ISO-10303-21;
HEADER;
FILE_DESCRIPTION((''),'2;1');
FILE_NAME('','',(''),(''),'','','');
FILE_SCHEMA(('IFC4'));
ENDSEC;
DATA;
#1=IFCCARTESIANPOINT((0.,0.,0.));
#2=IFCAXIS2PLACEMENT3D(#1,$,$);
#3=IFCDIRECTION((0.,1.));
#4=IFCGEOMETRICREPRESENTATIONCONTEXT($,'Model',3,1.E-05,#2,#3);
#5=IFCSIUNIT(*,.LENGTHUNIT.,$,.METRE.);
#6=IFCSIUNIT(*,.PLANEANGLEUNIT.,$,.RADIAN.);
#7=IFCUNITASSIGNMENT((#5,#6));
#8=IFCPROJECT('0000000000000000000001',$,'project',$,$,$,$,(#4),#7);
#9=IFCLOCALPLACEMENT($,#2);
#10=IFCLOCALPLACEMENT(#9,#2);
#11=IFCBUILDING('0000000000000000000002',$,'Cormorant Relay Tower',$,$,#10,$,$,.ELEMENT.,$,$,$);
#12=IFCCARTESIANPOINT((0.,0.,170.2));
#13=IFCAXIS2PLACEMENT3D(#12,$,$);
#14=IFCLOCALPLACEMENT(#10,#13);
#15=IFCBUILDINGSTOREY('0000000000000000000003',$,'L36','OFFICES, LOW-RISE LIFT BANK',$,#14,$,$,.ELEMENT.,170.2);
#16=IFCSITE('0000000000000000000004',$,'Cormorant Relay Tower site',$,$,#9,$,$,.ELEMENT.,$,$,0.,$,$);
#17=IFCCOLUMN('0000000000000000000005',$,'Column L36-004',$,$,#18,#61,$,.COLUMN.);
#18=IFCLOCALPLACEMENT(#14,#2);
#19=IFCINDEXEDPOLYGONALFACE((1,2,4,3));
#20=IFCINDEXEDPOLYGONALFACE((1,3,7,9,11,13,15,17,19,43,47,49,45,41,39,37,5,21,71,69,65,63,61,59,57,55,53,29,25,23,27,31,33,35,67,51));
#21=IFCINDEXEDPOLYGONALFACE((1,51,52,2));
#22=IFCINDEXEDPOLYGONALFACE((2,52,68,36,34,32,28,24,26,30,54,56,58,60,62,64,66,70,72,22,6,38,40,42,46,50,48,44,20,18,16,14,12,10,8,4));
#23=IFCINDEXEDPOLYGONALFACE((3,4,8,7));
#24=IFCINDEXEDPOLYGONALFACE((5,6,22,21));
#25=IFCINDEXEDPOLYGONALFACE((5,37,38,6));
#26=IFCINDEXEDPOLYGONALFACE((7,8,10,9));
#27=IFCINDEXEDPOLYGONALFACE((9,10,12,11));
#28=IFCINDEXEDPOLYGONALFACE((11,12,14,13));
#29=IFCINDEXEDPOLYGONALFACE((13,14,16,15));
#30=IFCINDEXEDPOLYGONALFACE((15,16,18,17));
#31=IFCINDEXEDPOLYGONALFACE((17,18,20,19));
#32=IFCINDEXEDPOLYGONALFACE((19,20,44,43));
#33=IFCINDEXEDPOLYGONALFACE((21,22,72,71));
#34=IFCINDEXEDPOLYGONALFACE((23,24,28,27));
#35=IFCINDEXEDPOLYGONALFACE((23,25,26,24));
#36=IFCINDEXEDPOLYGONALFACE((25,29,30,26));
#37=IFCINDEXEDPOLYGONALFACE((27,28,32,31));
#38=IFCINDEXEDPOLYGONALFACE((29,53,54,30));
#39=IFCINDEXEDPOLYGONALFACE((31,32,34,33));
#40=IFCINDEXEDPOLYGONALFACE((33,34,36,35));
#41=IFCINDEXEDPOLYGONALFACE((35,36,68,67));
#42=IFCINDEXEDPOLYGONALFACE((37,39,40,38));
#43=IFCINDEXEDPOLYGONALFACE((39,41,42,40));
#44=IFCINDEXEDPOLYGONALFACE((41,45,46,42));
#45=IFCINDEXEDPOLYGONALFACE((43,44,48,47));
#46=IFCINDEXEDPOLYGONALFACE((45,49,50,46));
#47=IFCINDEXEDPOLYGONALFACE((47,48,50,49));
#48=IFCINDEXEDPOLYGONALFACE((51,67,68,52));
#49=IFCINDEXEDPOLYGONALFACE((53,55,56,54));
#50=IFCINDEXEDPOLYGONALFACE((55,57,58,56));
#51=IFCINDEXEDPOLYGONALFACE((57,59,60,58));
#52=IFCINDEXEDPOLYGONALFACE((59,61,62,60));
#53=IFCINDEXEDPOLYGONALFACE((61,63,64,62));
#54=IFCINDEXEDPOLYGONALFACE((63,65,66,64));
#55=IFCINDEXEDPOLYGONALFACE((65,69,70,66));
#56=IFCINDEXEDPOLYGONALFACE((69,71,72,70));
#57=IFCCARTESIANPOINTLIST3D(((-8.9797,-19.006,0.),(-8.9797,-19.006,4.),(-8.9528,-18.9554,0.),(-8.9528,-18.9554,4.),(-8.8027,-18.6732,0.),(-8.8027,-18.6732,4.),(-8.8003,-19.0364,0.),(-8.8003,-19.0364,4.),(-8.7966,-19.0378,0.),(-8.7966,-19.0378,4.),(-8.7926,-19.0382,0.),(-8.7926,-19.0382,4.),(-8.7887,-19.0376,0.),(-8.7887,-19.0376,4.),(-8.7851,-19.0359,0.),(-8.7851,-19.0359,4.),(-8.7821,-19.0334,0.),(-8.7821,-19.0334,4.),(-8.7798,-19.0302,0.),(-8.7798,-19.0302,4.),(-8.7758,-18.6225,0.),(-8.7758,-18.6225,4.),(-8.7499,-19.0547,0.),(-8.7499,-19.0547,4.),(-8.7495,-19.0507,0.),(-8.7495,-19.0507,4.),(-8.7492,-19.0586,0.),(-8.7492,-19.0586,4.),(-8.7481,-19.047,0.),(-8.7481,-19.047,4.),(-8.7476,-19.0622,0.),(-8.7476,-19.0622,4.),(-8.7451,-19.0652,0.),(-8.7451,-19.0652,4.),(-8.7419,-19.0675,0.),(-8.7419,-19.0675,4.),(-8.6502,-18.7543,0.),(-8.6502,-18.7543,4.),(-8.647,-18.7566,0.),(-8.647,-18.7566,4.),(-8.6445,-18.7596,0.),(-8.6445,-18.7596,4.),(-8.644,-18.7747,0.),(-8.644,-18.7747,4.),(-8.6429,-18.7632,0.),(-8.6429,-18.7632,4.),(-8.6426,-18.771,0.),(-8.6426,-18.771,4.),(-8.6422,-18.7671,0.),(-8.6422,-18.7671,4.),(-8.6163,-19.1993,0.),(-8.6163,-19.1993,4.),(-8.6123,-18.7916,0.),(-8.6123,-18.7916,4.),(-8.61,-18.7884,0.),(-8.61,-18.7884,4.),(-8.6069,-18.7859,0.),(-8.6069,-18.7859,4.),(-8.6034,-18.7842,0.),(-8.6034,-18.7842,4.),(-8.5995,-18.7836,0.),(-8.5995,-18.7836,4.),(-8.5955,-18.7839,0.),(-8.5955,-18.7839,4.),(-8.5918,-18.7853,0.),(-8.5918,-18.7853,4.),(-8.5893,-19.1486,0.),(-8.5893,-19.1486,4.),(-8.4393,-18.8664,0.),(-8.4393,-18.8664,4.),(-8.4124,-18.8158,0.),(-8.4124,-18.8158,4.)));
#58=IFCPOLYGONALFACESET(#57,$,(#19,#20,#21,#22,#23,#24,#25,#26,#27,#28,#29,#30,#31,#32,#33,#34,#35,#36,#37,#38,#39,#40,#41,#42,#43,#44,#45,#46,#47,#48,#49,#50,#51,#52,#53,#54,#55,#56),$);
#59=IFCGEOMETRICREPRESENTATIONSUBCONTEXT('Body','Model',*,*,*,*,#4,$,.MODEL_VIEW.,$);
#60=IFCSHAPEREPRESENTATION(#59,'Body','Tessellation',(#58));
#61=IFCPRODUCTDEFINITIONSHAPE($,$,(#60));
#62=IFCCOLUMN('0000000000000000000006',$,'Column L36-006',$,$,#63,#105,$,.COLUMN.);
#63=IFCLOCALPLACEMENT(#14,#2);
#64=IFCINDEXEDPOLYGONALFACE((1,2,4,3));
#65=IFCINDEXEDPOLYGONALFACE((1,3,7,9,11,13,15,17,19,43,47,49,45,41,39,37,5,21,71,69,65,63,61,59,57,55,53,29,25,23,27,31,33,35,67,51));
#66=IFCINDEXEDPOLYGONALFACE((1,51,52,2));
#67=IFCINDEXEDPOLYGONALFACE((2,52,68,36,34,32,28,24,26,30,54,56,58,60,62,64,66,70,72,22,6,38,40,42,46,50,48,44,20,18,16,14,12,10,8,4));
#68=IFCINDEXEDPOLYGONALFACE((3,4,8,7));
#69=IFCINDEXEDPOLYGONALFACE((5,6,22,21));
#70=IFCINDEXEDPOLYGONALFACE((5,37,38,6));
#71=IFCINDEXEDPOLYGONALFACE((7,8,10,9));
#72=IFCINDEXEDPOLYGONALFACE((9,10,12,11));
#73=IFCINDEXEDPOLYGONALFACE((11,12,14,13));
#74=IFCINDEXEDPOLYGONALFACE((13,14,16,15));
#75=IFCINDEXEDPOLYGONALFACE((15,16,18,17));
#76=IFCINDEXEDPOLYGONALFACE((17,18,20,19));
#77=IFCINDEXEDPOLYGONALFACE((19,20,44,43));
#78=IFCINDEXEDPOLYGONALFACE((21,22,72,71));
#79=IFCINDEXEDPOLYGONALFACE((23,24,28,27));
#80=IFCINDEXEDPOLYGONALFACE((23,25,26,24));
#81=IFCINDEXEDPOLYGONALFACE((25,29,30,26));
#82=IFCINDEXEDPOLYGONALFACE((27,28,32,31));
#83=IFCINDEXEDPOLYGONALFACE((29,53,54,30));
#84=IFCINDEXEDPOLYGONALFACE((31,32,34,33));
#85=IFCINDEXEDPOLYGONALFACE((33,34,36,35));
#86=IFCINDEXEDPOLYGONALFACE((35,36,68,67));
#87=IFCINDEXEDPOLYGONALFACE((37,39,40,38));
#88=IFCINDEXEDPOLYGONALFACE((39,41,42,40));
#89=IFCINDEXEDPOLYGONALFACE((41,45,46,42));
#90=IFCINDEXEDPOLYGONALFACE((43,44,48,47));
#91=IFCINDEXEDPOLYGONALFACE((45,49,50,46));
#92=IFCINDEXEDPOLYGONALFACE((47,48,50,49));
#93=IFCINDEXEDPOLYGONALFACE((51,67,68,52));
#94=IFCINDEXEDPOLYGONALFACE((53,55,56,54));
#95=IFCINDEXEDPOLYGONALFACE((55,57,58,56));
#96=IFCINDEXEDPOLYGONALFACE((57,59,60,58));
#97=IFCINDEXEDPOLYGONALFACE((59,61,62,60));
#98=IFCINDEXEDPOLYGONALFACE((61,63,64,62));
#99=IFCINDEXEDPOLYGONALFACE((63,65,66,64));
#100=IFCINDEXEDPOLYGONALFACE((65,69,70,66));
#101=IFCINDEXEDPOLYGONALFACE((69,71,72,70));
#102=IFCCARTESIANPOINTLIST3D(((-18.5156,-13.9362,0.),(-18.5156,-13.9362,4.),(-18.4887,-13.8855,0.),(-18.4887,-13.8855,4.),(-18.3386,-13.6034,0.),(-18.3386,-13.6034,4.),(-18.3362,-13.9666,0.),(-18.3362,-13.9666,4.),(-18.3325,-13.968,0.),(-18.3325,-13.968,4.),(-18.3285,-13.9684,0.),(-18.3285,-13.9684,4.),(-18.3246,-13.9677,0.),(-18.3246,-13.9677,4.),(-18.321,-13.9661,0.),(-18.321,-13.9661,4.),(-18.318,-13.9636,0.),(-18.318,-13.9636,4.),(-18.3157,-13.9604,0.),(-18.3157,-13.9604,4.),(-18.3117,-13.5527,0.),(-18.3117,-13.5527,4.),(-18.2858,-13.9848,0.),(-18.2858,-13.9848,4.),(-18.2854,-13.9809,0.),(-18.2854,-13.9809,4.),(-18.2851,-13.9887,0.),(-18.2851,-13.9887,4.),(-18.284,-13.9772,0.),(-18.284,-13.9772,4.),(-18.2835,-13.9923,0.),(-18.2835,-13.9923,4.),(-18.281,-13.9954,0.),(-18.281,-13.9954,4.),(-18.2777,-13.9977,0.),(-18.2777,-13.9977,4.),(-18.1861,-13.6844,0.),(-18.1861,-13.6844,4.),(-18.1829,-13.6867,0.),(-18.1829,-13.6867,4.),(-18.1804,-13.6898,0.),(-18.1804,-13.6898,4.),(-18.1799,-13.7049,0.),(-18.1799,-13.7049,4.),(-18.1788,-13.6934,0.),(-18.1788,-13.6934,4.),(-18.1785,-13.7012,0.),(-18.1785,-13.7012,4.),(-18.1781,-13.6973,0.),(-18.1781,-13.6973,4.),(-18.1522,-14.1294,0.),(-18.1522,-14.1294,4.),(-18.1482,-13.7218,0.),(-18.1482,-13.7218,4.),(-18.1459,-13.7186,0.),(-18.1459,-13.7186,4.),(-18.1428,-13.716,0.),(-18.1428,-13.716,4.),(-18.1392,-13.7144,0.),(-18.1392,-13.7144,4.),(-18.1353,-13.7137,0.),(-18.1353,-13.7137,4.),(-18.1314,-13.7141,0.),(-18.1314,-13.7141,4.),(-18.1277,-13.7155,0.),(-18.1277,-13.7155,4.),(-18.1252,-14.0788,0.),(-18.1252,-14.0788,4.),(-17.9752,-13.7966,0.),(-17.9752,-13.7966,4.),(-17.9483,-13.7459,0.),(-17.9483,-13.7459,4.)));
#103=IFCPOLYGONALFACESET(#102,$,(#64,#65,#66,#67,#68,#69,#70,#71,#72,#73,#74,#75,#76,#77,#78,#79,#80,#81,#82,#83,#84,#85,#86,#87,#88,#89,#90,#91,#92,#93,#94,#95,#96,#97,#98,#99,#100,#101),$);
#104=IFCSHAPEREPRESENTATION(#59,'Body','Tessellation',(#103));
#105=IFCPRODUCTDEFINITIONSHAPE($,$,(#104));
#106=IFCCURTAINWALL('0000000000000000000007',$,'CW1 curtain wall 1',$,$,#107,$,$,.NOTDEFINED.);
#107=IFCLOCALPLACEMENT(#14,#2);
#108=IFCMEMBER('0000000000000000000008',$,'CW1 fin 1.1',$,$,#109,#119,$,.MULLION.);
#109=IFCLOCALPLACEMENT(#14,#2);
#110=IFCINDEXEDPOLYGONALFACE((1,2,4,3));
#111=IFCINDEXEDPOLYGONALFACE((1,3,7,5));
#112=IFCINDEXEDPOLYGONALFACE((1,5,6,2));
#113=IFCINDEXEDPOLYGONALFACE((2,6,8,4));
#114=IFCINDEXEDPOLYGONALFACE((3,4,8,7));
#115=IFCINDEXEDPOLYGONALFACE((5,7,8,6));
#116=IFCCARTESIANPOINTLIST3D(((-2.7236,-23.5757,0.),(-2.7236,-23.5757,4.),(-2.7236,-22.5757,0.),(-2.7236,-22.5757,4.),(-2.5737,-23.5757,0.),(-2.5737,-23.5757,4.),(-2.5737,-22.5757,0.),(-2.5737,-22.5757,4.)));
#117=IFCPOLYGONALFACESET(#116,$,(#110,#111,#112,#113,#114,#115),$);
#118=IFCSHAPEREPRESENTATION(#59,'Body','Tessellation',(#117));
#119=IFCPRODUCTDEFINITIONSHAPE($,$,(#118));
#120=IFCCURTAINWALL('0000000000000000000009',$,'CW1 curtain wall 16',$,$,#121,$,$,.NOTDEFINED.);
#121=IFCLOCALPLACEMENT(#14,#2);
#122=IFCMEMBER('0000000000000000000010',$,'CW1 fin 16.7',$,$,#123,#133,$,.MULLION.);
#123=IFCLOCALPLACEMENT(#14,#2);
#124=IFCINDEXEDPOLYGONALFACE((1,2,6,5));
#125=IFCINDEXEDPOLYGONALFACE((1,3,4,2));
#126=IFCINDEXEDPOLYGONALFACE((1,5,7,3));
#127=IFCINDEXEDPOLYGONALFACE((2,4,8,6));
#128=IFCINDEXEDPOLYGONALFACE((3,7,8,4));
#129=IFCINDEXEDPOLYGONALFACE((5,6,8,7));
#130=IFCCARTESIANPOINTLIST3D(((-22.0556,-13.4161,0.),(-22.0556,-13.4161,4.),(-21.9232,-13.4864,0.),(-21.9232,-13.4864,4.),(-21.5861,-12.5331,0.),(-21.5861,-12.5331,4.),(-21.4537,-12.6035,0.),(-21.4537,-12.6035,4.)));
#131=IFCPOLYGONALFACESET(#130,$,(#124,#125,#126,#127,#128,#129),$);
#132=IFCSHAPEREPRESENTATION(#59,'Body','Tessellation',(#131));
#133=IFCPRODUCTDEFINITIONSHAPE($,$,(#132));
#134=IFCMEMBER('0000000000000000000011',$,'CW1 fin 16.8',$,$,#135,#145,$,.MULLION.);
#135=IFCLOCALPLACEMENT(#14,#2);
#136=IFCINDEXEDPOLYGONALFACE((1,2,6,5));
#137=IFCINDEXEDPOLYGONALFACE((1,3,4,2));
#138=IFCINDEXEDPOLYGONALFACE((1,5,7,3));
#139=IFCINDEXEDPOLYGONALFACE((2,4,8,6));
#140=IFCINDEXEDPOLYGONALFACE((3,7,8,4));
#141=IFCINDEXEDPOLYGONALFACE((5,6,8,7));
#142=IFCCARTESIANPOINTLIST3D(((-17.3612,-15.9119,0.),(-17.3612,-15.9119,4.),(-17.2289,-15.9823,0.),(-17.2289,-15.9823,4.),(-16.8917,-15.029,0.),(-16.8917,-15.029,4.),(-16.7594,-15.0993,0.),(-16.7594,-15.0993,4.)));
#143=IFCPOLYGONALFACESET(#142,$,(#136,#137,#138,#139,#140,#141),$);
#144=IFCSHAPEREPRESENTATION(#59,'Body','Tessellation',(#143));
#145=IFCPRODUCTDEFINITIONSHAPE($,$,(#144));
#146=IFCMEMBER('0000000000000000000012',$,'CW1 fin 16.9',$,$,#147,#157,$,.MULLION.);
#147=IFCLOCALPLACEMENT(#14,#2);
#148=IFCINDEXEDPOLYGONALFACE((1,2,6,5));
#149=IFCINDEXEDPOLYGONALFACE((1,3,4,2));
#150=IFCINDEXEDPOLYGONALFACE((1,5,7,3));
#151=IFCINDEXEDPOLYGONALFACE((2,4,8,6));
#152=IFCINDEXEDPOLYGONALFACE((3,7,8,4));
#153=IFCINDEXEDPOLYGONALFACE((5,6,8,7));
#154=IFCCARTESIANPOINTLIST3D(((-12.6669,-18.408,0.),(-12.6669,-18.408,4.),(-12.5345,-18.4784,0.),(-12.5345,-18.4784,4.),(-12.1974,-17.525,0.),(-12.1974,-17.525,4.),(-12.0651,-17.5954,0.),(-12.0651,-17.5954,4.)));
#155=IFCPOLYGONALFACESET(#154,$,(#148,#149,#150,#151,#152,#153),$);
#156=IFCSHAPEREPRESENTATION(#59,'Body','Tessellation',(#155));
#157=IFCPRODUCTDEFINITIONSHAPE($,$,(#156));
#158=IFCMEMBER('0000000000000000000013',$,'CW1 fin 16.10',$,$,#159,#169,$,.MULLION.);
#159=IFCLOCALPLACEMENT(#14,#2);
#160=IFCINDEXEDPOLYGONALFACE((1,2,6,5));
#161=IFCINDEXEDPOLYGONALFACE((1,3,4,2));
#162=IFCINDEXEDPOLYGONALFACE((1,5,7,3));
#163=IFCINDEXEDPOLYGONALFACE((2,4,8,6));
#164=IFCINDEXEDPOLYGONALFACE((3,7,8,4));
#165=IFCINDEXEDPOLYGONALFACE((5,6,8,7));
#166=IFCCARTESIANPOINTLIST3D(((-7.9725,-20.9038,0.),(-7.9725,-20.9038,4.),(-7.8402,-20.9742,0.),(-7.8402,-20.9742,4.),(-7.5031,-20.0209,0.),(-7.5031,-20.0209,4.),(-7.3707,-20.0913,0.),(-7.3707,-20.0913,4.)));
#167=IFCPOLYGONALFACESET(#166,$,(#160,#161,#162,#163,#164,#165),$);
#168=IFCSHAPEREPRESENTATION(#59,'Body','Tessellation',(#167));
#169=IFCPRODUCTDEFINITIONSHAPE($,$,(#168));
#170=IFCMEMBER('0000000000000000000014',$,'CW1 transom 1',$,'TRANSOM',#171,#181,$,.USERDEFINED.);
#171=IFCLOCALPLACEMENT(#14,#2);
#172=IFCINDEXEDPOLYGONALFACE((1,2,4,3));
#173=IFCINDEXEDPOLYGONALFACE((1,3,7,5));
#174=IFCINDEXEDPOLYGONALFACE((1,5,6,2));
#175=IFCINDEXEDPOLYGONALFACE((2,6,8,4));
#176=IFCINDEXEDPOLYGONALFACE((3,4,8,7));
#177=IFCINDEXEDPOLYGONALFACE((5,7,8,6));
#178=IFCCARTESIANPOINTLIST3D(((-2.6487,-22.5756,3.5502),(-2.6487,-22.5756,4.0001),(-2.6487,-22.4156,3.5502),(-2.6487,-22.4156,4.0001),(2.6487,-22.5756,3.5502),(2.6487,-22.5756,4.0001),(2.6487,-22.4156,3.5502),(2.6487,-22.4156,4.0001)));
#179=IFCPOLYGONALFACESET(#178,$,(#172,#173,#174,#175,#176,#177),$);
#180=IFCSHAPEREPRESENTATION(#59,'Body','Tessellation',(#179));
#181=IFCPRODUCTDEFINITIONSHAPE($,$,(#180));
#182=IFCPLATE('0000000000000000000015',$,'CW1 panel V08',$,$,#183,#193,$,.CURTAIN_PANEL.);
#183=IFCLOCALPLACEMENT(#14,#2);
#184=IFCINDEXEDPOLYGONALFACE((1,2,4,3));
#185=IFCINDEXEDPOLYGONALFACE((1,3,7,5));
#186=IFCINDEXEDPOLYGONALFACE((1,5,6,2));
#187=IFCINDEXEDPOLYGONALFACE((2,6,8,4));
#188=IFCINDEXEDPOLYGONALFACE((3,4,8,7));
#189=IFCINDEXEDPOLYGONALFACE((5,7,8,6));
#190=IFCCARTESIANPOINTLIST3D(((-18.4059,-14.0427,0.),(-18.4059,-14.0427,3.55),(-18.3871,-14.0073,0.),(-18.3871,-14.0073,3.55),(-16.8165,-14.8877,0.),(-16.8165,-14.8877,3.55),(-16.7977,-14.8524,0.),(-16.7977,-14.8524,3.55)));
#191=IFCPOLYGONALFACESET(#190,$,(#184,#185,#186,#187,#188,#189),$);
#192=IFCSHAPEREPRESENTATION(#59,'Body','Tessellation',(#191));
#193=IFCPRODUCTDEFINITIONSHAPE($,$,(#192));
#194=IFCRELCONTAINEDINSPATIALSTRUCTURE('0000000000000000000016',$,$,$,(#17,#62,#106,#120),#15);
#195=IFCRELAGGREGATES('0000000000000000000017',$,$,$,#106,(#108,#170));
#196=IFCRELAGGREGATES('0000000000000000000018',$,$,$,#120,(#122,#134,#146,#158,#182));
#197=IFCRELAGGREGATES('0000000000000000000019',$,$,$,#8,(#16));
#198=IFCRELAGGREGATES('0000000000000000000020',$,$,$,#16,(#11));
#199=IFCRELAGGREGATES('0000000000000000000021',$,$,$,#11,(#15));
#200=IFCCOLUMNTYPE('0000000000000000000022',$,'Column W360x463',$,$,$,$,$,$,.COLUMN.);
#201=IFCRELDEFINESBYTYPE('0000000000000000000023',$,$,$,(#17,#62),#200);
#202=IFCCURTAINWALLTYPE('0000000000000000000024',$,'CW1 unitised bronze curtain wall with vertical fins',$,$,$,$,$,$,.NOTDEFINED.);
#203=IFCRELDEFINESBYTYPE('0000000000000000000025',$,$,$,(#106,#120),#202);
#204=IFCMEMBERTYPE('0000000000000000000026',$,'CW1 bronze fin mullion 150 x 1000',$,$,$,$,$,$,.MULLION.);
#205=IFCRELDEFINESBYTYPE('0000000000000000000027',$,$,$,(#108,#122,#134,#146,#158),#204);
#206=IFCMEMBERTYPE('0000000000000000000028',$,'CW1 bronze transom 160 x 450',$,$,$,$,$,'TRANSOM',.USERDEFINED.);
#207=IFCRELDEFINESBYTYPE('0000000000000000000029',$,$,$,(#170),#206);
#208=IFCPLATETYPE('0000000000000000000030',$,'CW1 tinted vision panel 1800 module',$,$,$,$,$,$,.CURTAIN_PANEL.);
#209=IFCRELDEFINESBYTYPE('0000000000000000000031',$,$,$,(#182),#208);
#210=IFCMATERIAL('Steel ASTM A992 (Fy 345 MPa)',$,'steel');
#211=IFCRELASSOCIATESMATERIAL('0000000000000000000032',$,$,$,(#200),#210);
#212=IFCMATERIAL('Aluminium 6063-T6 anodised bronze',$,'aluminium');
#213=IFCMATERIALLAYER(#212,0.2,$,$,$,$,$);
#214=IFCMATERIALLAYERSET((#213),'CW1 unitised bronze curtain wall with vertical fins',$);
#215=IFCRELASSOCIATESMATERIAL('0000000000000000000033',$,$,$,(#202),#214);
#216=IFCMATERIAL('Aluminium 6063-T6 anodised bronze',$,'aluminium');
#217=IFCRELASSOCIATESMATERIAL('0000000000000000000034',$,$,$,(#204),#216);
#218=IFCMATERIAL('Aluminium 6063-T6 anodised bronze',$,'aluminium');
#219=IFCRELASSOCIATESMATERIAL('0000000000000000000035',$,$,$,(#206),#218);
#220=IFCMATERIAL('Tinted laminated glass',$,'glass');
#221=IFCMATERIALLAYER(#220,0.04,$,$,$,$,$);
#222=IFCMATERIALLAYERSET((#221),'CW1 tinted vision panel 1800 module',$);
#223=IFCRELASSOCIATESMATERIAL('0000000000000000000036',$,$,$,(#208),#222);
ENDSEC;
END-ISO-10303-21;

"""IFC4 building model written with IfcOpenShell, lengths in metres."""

from ifc_helpers import new_model, si_unit, direction, frame, origin, origin_2d, place, context, subcontext, project, spatial, rectangle, i_section, extrude, material, layer, layer_set, material_profile, profile_set, type_object, element, aggregate, save


model = new_model("IFC4")

# Units and contexts
model_context = context("Model", 3, precision=1e-05, world=origin(), true_north=direction((0.0, 1.0)))
body_context = subcontext(model_context, "Body", "Model", "MODEL_VIEW")
ifc_project = project(units=[si_unit("LENGTHUNIT", "METRE"), si_unit("PLANEANGLEUNIT", "RADIAN")], contexts=[model_context])

# Site, building, storey
site_placement = place(None, origin())
site = spatial("IfcSite", under=ifc_project, at=site_placement, Name="Cormorant Relay Tower site", CompositionType="ELEMENT", RefElevation=0.0)
building_placement = place(site_placement, origin())
building = spatial("IfcBuilding", under=site, at=building_placement, Name="Cormorant Relay Tower", CompositionType="ELEMENT")
storey_placement = place(building_placement, frame((0.0, 0.0, 170.2)))
storey = spatial("IfcBuildingStorey", under=building, at=storey_placement, Name="L36", Description="OFFICES, LOW-RISE LIFT BANK", CompositionType="ELEMENT", Elevation=170.2)

# Columns
ifc_material_1 = material(Name="Steel ASTM A992 (Fy 345 MPa)", Category="steel")
ifc_material_profile_1 = material_profile(ifc_material_1, i_section(OverallWidth=0.4116, OverallDepth=0.4343, WebThickness=0.0359, FlangeThickness=0.0574, FilletRadius=0.0151, at=origin_2d()), Name="W360x463")
ifc_profile_set_1 = profile_set([ifc_material_profile_1], Name="Steel ASTM A992 (Fy 345 MPa)")
column_type = type_object("IfcColumnType", Name="Column W360x463", PredefinedType="COLUMN", material=ifc_profile_set_1)
for number, where, z_axis, x_axis, name in (
    (1, (-8.696, -18.9109, 0.0), (0.0, 0.0, 1.0), (0.882948, -0.469472, 0.0), "Column L36-004"),
    (2, (-18.2319, -13.8411, 0.0), (0.0, 0.0, 1.0), (0.882948, -0.469472, 0.0), "Column L36-006"),
):
    element("IfcColumn", number, at=place(storey_placement, frame(where, z_axis=z_axis, x_axis=x_axis)), inside=storey, type_object=column_type, Name=name, PredefinedType="COLUMN", context=body_context, shape_type="SweptSolid", body=[
        extrude(i_section(OverallWidth=0.4116, OverallDepth=0.4343, WebThickness=0.0359, FlangeThickness=0.0574, FilletRadius=0.0151, at=origin_2d()), origin(), (0.0, 0.0, 1.0), 4.0),
    ])

# Curtain wall, member
ifc_material_2 = material(Name="Aluminium 6063-T6 anodised bronze", Category="aluminium")
ifc_layer_1 = layer(ifc_material_2, 0.2)
ifc_layer_set_1 = layer_set([ifc_layer_1], Name="CW1 unitised bronze curtain wall with vertical fins")
curtain_wall_type = type_object("IfcCurtainWallType", Name="CW1 unitised bronze curtain wall with vertical fins", PredefinedType="NOTDEFINED", material=ifc_layer_set_1)
curtain_wall_1_placement = place(storey_placement, origin())
curtain_wall_1 = element("IfcCurtainWall", 3, at=curtain_wall_1_placement, inside=storey, type_object=curtain_wall_type, Name="CW1 curtain wall 1", PredefinedType="NOTDEFINED")
ifc_material_3 = material(Name="Aluminium 6063-T6 anodised bronze", Category="aluminium")
ifc_material_profile_2 = material_profile(ifc_material_3, rectangle(XDim=0.1499, YDim=1.0, at=origin_2d()), Name="AL 150x1000")
ifc_profile_set_2 = profile_set([ifc_material_profile_2], Name="Aluminium 6063-T6 anodised bronze")
member_type_1 = type_object("IfcMemberType", Name="CW1 bronze fin mullion 150 x 1000", PredefinedType="MULLION", material=ifc_profile_set_2)
member_1_placement = place(storey_placement, frame((-2.6487, -23.0757, 0.0), z_axis=(0.0, 0.0, 1.0), x_axis=(1.0, 0.0, 0.0)))
member_1 = element("IfcMember", 4, at=member_1_placement, type_object=member_type_1, Name="CW1 fin 1.1", PredefinedType="MULLION", context=body_context, shape_type="SweptSolid", body=[
    extrude(rectangle(XDim=0.1499, YDim=1.0, at=origin_2d()), origin(), (0.0, 0.0, 1.0), 4.0),
])

# Curtain wall, members
curtain_wall_2_placement = place(storey_placement, origin())
curtain_wall_2 = element("IfcCurtainWall", 5, at=curtain_wall_2_placement, inside=storey, type_object=curtain_wall_type, Name="CW1 curtain wall 16", PredefinedType="NOTDEFINED")
member_2_placement = place(storey_placement, frame((-21.7546, -13.0098, 0.0), z_axis=(0.0, 0.0, 1.0), x_axis=(0.882948, -0.469472, 0.0)))
member_2 = element("IfcMember", 6, at=member_2_placement, type_object=member_type_1, Name="CW1 fin 16.7", PredefinedType="MULLION", context=body_context, shape_type="SweptSolid", body=[
    extrude(rectangle(XDim=0.1499, YDim=1.0, at=origin_2d()), origin(), (0.0, 0.0, 1.0), 4.0),
])
member_3_placement = place(storey_placement, frame((-17.0603, -15.5056, 0.0), z_axis=(0.0, 0.0, 1.0), x_axis=(0.882948, -0.469472, 0.0)))
member_3 = element("IfcMember", 7, at=member_3_placement, type_object=member_type_1, Name="CW1 fin 16.8", PredefinedType="MULLION", context=body_context, shape_type="SweptSolid", body=[
    extrude(rectangle(XDim=0.1499, YDim=1.0, at=origin_2d()), origin(), (0.0, 0.0, 1.0), 4.0),
])
member_4_placement = place(storey_placement, frame((-12.366, -18.0017, 0.0), z_axis=(0.0, 0.0, 1.0), x_axis=(0.882948, -0.469472, 0.0)))
member_4 = element("IfcMember", 8, at=member_4_placement, type_object=member_type_1, Name="CW1 fin 16.9", PredefinedType="MULLION", context=body_context, shape_type="SweptSolid", body=[
    extrude(rectangle(XDim=0.1499, YDim=1.0, at=origin_2d()), origin(), (0.0, 0.0, 1.0), 4.0),
])
member_5_placement = place(storey_placement, frame((-7.6716, -20.4976, 0.0), z_axis=(0.0, 0.0, 1.0), x_axis=(0.882948, -0.469472, 0.0)))
member_5 = element("IfcMember", 9, at=member_5_placement, type_object=member_type_1, Name="CW1 fin 16.10", PredefinedType="MULLION", context=body_context, shape_type="SweptSolid", body=[
    extrude(rectangle(XDim=0.1499, YDim=1.0, at=origin_2d()), origin(), (0.0, 0.0, 1.0), 4.0),
])

# Member
ifc_material_4 = material(Name="Aluminium 6063-T6 anodised bronze", Category="aluminium")
ifc_material_profile_3 = material_profile(ifc_material_4, rectangle(XDim=0.1599, YDim=0.45, at=origin_2d()), Name="AL 160x450")
ifc_profile_set_3 = profile_set([ifc_material_profile_3], Name="Aluminium 6063-T6 anodised bronze")
member_type_2 = type_object("IfcMemberType", Name="CW1 bronze transom 160 x 450", ElementType="TRANSOM", PredefinedType="USERDEFINED", material=ifc_profile_set_3)
member_6_placement = place(storey_placement, frame((-2.6487, -22.4956, 3.7751), z_axis=(1.0, 0.0, 0.0), x_axis=(0.0, 1.0, 0.0)))
member_6 = element("IfcMember", 10, at=member_6_placement, type_object=member_type_2, Name="CW1 transom 1", ObjectType="TRANSOM", PredefinedType="USERDEFINED", context=body_context, shape_type="SweptSolid", body=[
    extrude(rectangle(XDim=0.1599, YDim=0.45, at=origin_2d()), origin(), (0.0, 0.0, 1.0), 5.2974),
])
aggregate(curtain_wall_1, [member_1, member_6])

# Plate
ifc_material_5 = material(Name="Tinted laminated glass", Category="glass")
ifc_layer_2 = layer(ifc_material_5, 0.04)
ifc_layer_set_2 = layer_set([ifc_layer_2], Name="CW1 tinted vision panel 1800 module")
plate_type_1 = type_object("IfcPlateType", Name="CW1 tinted vision panel 1800 module", PredefinedType="CURTAIN_PANEL", material=ifc_layer_set_2)
plate_1_placement = place(storey_placement, frame((-17.6018, -14.4475, 0.0), z_axis=(0.0, 0.0, 1.0), x_axis=(0.882948, -0.469472, 0.0)))
plate_1 = element("IfcPlate", 11, at=plate_1_placement, type_object=plate_type_1, Name="CW1 panel V08", PredefinedType="CURTAIN_PANEL", context=body_context, shape_type="SweptSolid", body=[
    extrude(rectangle(XDim=1.8, YDim=0.04, at=origin_2d()), origin(), (0.0, 0.0, 1.0), 3.55),
])

aggregate(curtain_wall_2, [member_2, member_3, member_4, member_5, plate_1])

save(model, "model.ifc")
